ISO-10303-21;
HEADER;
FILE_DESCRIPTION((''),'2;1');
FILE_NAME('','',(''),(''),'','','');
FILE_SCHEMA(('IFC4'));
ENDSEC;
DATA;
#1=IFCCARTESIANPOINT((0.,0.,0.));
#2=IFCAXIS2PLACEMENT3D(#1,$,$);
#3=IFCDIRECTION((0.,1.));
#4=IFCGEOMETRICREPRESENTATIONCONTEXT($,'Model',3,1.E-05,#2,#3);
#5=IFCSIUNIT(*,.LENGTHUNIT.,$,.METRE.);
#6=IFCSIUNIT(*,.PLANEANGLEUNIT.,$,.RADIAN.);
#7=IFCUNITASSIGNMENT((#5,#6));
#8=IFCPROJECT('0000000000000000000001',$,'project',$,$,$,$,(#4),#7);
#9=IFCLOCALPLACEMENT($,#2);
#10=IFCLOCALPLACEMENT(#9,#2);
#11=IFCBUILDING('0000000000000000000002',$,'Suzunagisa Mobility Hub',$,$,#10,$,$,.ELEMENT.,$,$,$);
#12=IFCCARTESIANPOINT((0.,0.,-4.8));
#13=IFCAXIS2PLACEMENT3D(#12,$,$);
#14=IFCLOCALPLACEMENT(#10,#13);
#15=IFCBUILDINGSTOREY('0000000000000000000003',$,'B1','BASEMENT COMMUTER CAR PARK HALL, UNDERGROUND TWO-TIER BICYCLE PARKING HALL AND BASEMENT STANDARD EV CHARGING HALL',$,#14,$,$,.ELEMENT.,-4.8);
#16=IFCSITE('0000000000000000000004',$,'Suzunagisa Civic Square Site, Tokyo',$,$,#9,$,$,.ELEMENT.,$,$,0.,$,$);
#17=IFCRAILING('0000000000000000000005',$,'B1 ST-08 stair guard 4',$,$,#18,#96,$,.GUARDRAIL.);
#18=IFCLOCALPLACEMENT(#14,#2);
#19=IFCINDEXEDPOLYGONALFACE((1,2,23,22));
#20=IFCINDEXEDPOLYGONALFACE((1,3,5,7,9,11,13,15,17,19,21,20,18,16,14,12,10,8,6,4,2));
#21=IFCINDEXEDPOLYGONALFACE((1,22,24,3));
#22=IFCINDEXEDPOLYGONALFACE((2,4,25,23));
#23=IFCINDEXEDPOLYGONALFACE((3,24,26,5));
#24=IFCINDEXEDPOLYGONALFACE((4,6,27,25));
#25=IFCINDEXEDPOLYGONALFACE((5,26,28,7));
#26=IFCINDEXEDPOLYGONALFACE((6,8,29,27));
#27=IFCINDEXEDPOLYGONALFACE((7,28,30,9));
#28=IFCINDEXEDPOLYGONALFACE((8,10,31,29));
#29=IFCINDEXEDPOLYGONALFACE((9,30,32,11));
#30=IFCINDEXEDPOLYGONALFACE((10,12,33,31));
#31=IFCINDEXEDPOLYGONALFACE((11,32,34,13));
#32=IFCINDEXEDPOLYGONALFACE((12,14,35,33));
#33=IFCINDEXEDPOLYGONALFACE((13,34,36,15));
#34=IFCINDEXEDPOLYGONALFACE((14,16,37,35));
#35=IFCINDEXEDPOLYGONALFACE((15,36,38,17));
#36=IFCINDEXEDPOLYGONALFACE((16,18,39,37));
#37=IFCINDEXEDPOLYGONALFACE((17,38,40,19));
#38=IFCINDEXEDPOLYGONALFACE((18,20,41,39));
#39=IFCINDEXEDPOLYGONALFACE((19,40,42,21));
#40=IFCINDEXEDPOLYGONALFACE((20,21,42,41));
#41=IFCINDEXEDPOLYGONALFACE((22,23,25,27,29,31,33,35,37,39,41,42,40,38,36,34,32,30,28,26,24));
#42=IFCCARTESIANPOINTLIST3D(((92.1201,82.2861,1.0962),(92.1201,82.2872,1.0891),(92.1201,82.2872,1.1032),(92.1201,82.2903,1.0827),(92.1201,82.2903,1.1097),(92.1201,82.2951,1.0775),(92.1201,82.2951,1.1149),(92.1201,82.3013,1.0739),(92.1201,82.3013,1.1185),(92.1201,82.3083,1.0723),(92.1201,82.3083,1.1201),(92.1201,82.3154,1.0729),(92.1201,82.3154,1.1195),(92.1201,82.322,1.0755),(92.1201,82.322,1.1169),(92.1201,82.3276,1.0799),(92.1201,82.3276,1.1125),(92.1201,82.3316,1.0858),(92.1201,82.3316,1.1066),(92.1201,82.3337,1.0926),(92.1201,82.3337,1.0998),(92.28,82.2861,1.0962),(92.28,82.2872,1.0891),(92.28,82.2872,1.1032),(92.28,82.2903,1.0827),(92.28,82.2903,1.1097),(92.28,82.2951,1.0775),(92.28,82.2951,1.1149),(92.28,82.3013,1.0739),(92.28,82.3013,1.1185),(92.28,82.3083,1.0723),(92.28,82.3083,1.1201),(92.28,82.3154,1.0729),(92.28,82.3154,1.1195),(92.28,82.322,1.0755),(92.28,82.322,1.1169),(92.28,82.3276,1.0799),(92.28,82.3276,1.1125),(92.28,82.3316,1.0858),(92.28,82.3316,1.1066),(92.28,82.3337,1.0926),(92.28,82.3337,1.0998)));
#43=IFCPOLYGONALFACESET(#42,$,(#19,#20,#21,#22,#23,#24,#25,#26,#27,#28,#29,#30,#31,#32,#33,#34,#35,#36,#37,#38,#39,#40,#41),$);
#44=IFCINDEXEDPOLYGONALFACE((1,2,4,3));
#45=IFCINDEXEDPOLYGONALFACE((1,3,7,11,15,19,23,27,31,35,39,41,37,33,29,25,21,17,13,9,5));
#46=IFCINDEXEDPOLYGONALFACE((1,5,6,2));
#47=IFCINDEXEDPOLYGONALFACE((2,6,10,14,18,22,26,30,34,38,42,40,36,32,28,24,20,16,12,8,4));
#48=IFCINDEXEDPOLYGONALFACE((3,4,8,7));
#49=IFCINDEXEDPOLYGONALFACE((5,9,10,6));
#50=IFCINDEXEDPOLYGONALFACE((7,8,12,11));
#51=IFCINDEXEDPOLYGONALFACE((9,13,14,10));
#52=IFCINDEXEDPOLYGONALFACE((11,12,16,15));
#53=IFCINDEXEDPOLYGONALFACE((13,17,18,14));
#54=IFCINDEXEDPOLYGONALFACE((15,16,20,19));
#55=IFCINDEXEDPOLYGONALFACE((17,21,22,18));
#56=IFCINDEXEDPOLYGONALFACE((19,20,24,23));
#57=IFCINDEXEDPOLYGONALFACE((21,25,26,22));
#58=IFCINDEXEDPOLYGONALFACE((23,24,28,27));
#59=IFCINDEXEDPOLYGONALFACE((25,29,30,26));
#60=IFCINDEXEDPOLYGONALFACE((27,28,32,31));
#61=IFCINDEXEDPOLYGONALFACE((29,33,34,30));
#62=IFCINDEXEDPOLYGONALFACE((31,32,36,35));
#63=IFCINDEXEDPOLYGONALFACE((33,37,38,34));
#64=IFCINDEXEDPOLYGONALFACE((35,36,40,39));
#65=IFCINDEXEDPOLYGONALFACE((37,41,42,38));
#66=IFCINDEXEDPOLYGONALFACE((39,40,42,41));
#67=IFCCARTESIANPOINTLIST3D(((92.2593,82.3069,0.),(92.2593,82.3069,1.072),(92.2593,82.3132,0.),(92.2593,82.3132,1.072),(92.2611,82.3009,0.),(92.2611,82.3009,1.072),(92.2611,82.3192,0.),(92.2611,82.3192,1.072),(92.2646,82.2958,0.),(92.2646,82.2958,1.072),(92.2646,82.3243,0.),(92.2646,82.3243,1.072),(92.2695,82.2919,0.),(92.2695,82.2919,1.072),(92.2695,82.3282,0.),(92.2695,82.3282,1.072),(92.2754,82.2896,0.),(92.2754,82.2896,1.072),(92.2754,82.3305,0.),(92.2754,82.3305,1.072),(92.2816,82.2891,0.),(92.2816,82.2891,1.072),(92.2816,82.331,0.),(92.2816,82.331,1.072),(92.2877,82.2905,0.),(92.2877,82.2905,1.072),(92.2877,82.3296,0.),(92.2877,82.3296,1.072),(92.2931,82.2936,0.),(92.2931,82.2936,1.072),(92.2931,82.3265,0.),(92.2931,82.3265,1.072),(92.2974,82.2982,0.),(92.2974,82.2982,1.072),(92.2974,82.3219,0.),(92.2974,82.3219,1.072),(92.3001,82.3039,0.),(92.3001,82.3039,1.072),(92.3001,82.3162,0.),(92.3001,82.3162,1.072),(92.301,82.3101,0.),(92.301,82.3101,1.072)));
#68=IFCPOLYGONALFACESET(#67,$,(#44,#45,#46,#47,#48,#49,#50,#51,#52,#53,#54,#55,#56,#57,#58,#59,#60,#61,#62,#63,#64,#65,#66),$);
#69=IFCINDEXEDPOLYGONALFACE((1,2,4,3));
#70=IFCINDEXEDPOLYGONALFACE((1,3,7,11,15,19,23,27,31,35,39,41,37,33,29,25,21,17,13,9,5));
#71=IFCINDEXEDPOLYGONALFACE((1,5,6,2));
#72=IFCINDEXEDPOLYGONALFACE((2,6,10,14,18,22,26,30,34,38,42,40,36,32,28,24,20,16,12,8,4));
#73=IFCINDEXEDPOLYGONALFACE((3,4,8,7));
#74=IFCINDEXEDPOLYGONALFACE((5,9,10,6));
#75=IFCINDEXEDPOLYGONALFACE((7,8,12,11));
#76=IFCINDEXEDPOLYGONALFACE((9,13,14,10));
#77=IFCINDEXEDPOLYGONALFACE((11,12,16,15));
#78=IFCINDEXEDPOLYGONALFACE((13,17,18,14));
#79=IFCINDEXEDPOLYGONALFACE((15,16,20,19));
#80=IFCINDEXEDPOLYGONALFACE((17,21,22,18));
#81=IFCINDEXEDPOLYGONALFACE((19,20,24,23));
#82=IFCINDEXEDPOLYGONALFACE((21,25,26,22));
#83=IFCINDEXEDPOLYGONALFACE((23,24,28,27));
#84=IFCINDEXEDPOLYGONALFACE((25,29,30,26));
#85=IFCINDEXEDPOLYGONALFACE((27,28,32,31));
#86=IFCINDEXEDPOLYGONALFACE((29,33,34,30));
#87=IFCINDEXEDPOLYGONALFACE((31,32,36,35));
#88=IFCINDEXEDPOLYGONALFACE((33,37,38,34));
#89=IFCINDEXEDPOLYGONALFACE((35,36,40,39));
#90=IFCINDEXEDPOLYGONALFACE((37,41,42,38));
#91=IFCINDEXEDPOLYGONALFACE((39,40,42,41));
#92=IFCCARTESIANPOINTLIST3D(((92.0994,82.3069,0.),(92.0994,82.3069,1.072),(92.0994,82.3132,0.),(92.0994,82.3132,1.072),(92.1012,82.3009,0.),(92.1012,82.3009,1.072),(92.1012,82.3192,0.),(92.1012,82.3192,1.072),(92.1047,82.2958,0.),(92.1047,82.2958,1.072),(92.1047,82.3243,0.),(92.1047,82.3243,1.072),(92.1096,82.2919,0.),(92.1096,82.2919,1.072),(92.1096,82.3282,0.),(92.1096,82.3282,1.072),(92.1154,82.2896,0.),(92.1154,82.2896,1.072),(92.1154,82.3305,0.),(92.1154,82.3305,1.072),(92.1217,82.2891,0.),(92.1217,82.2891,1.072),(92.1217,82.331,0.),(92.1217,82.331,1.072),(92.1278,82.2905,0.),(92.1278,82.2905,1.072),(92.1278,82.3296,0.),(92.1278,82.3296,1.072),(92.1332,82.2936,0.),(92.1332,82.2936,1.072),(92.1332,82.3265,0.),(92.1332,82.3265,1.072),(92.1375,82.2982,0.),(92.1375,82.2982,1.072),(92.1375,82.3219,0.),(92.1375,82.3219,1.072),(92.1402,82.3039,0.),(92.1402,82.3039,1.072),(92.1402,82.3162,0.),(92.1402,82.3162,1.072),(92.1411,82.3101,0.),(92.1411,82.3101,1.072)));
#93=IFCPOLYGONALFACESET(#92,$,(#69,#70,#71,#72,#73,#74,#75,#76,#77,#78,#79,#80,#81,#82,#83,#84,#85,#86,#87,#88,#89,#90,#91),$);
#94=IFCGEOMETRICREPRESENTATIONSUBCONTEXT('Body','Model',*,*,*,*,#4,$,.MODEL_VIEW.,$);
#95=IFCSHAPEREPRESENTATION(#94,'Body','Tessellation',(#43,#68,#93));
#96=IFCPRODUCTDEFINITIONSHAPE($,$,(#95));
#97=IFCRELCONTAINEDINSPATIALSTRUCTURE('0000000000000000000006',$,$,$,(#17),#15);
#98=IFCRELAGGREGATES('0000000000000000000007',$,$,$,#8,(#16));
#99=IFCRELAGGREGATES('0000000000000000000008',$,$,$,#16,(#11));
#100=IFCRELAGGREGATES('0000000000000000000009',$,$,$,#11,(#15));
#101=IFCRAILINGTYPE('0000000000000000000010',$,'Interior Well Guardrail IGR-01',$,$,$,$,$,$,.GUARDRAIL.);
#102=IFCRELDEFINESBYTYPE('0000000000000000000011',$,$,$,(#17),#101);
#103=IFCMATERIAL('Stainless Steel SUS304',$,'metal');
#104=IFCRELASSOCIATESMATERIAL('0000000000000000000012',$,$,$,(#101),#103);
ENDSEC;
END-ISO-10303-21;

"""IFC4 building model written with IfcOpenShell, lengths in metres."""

from ifc_helpers import new_model, si_unit, direction, frame, origin, origin_2d, place, context, subcontext, project, spatial, circle, extrude, material, type_object, element, save


model = new_model("IFC4")

# Units and contexts
model_context = context("Model", 3, precision=1e-05, world=origin(), true_north=direction((0.0, 1.0)))
body_context = subcontext(model_context, "Body", "Model", "MODEL_VIEW")
ifc_project = project(units=[si_unit("LENGTHUNIT", "METRE"), si_unit("PLANEANGLEUNIT", "RADIAN")], contexts=[model_context])

# Site, building, storey
site_placement = place(None, origin())
site = spatial("IfcSite", under=ifc_project, at=site_placement, Name="Suzunagisa Civic Square Site, Tokyo", CompositionType="ELEMENT", RefElevation=0.0)
building_placement = place(site_placement, origin())
building = spatial("IfcBuilding", under=site, at=building_placement, Name="Suzunagisa Mobility Hub", CompositionType="ELEMENT")
storey_placement = place(building_placement, frame((0.0, 0.0, -4.8)))
storey = spatial("IfcBuildingStorey", under=building, at=storey_placement, Name="B1", Description="BASEMENT COMMUTER CAR PARK HALL, UNDERGROUND TWO-TIER BICYCLE PARKING HALL AND BASEMENT STANDARD EV CHARGING HALL", CompositionType="ELEMENT", Elevation=-4.8)

# Railing
ifc_material_1 = material(Name="Stainless Steel SUS304", Category="metal")
railing_type_1 = type_object("IfcRailingType", Name="Interior Well Guardrail IGR-01", PredefinedType="GUARDRAIL", material=ifc_material_1)
railing_1_placement = place(storey_placement, frame((92.28, 82.3101, 0.0)))
element("IfcRailing", 1, at=railing_1_placement, inside=storey, type_object=railing_type_1, Name="B1 ST-08 stair guard 4", PredefinedType="GUARDRAIL", context=body_context, shape_type="SweptSolid", body=[
    extrude(circle(Radius=0.0239, at=origin_2d()), frame((0.0, 0.0, 1.0962), z_axis=(-1.0, 0.0, 0.0), x_axis=(0.0, -1.0, 0.0)), (0.0, 0.0, 1.0), 0.1599),
    extrude(circle(Radius=0.021, at=origin_2d()), origin(), (0.0, 0.0, 1.0), 1.072),
    extrude(circle(Radius=0.021, at=origin_2d()), frame((-0.1599, 0.0, 0.0)), (0.0, 0.0, 1.0), 1.072),
])

save(model, "model.ifc")
